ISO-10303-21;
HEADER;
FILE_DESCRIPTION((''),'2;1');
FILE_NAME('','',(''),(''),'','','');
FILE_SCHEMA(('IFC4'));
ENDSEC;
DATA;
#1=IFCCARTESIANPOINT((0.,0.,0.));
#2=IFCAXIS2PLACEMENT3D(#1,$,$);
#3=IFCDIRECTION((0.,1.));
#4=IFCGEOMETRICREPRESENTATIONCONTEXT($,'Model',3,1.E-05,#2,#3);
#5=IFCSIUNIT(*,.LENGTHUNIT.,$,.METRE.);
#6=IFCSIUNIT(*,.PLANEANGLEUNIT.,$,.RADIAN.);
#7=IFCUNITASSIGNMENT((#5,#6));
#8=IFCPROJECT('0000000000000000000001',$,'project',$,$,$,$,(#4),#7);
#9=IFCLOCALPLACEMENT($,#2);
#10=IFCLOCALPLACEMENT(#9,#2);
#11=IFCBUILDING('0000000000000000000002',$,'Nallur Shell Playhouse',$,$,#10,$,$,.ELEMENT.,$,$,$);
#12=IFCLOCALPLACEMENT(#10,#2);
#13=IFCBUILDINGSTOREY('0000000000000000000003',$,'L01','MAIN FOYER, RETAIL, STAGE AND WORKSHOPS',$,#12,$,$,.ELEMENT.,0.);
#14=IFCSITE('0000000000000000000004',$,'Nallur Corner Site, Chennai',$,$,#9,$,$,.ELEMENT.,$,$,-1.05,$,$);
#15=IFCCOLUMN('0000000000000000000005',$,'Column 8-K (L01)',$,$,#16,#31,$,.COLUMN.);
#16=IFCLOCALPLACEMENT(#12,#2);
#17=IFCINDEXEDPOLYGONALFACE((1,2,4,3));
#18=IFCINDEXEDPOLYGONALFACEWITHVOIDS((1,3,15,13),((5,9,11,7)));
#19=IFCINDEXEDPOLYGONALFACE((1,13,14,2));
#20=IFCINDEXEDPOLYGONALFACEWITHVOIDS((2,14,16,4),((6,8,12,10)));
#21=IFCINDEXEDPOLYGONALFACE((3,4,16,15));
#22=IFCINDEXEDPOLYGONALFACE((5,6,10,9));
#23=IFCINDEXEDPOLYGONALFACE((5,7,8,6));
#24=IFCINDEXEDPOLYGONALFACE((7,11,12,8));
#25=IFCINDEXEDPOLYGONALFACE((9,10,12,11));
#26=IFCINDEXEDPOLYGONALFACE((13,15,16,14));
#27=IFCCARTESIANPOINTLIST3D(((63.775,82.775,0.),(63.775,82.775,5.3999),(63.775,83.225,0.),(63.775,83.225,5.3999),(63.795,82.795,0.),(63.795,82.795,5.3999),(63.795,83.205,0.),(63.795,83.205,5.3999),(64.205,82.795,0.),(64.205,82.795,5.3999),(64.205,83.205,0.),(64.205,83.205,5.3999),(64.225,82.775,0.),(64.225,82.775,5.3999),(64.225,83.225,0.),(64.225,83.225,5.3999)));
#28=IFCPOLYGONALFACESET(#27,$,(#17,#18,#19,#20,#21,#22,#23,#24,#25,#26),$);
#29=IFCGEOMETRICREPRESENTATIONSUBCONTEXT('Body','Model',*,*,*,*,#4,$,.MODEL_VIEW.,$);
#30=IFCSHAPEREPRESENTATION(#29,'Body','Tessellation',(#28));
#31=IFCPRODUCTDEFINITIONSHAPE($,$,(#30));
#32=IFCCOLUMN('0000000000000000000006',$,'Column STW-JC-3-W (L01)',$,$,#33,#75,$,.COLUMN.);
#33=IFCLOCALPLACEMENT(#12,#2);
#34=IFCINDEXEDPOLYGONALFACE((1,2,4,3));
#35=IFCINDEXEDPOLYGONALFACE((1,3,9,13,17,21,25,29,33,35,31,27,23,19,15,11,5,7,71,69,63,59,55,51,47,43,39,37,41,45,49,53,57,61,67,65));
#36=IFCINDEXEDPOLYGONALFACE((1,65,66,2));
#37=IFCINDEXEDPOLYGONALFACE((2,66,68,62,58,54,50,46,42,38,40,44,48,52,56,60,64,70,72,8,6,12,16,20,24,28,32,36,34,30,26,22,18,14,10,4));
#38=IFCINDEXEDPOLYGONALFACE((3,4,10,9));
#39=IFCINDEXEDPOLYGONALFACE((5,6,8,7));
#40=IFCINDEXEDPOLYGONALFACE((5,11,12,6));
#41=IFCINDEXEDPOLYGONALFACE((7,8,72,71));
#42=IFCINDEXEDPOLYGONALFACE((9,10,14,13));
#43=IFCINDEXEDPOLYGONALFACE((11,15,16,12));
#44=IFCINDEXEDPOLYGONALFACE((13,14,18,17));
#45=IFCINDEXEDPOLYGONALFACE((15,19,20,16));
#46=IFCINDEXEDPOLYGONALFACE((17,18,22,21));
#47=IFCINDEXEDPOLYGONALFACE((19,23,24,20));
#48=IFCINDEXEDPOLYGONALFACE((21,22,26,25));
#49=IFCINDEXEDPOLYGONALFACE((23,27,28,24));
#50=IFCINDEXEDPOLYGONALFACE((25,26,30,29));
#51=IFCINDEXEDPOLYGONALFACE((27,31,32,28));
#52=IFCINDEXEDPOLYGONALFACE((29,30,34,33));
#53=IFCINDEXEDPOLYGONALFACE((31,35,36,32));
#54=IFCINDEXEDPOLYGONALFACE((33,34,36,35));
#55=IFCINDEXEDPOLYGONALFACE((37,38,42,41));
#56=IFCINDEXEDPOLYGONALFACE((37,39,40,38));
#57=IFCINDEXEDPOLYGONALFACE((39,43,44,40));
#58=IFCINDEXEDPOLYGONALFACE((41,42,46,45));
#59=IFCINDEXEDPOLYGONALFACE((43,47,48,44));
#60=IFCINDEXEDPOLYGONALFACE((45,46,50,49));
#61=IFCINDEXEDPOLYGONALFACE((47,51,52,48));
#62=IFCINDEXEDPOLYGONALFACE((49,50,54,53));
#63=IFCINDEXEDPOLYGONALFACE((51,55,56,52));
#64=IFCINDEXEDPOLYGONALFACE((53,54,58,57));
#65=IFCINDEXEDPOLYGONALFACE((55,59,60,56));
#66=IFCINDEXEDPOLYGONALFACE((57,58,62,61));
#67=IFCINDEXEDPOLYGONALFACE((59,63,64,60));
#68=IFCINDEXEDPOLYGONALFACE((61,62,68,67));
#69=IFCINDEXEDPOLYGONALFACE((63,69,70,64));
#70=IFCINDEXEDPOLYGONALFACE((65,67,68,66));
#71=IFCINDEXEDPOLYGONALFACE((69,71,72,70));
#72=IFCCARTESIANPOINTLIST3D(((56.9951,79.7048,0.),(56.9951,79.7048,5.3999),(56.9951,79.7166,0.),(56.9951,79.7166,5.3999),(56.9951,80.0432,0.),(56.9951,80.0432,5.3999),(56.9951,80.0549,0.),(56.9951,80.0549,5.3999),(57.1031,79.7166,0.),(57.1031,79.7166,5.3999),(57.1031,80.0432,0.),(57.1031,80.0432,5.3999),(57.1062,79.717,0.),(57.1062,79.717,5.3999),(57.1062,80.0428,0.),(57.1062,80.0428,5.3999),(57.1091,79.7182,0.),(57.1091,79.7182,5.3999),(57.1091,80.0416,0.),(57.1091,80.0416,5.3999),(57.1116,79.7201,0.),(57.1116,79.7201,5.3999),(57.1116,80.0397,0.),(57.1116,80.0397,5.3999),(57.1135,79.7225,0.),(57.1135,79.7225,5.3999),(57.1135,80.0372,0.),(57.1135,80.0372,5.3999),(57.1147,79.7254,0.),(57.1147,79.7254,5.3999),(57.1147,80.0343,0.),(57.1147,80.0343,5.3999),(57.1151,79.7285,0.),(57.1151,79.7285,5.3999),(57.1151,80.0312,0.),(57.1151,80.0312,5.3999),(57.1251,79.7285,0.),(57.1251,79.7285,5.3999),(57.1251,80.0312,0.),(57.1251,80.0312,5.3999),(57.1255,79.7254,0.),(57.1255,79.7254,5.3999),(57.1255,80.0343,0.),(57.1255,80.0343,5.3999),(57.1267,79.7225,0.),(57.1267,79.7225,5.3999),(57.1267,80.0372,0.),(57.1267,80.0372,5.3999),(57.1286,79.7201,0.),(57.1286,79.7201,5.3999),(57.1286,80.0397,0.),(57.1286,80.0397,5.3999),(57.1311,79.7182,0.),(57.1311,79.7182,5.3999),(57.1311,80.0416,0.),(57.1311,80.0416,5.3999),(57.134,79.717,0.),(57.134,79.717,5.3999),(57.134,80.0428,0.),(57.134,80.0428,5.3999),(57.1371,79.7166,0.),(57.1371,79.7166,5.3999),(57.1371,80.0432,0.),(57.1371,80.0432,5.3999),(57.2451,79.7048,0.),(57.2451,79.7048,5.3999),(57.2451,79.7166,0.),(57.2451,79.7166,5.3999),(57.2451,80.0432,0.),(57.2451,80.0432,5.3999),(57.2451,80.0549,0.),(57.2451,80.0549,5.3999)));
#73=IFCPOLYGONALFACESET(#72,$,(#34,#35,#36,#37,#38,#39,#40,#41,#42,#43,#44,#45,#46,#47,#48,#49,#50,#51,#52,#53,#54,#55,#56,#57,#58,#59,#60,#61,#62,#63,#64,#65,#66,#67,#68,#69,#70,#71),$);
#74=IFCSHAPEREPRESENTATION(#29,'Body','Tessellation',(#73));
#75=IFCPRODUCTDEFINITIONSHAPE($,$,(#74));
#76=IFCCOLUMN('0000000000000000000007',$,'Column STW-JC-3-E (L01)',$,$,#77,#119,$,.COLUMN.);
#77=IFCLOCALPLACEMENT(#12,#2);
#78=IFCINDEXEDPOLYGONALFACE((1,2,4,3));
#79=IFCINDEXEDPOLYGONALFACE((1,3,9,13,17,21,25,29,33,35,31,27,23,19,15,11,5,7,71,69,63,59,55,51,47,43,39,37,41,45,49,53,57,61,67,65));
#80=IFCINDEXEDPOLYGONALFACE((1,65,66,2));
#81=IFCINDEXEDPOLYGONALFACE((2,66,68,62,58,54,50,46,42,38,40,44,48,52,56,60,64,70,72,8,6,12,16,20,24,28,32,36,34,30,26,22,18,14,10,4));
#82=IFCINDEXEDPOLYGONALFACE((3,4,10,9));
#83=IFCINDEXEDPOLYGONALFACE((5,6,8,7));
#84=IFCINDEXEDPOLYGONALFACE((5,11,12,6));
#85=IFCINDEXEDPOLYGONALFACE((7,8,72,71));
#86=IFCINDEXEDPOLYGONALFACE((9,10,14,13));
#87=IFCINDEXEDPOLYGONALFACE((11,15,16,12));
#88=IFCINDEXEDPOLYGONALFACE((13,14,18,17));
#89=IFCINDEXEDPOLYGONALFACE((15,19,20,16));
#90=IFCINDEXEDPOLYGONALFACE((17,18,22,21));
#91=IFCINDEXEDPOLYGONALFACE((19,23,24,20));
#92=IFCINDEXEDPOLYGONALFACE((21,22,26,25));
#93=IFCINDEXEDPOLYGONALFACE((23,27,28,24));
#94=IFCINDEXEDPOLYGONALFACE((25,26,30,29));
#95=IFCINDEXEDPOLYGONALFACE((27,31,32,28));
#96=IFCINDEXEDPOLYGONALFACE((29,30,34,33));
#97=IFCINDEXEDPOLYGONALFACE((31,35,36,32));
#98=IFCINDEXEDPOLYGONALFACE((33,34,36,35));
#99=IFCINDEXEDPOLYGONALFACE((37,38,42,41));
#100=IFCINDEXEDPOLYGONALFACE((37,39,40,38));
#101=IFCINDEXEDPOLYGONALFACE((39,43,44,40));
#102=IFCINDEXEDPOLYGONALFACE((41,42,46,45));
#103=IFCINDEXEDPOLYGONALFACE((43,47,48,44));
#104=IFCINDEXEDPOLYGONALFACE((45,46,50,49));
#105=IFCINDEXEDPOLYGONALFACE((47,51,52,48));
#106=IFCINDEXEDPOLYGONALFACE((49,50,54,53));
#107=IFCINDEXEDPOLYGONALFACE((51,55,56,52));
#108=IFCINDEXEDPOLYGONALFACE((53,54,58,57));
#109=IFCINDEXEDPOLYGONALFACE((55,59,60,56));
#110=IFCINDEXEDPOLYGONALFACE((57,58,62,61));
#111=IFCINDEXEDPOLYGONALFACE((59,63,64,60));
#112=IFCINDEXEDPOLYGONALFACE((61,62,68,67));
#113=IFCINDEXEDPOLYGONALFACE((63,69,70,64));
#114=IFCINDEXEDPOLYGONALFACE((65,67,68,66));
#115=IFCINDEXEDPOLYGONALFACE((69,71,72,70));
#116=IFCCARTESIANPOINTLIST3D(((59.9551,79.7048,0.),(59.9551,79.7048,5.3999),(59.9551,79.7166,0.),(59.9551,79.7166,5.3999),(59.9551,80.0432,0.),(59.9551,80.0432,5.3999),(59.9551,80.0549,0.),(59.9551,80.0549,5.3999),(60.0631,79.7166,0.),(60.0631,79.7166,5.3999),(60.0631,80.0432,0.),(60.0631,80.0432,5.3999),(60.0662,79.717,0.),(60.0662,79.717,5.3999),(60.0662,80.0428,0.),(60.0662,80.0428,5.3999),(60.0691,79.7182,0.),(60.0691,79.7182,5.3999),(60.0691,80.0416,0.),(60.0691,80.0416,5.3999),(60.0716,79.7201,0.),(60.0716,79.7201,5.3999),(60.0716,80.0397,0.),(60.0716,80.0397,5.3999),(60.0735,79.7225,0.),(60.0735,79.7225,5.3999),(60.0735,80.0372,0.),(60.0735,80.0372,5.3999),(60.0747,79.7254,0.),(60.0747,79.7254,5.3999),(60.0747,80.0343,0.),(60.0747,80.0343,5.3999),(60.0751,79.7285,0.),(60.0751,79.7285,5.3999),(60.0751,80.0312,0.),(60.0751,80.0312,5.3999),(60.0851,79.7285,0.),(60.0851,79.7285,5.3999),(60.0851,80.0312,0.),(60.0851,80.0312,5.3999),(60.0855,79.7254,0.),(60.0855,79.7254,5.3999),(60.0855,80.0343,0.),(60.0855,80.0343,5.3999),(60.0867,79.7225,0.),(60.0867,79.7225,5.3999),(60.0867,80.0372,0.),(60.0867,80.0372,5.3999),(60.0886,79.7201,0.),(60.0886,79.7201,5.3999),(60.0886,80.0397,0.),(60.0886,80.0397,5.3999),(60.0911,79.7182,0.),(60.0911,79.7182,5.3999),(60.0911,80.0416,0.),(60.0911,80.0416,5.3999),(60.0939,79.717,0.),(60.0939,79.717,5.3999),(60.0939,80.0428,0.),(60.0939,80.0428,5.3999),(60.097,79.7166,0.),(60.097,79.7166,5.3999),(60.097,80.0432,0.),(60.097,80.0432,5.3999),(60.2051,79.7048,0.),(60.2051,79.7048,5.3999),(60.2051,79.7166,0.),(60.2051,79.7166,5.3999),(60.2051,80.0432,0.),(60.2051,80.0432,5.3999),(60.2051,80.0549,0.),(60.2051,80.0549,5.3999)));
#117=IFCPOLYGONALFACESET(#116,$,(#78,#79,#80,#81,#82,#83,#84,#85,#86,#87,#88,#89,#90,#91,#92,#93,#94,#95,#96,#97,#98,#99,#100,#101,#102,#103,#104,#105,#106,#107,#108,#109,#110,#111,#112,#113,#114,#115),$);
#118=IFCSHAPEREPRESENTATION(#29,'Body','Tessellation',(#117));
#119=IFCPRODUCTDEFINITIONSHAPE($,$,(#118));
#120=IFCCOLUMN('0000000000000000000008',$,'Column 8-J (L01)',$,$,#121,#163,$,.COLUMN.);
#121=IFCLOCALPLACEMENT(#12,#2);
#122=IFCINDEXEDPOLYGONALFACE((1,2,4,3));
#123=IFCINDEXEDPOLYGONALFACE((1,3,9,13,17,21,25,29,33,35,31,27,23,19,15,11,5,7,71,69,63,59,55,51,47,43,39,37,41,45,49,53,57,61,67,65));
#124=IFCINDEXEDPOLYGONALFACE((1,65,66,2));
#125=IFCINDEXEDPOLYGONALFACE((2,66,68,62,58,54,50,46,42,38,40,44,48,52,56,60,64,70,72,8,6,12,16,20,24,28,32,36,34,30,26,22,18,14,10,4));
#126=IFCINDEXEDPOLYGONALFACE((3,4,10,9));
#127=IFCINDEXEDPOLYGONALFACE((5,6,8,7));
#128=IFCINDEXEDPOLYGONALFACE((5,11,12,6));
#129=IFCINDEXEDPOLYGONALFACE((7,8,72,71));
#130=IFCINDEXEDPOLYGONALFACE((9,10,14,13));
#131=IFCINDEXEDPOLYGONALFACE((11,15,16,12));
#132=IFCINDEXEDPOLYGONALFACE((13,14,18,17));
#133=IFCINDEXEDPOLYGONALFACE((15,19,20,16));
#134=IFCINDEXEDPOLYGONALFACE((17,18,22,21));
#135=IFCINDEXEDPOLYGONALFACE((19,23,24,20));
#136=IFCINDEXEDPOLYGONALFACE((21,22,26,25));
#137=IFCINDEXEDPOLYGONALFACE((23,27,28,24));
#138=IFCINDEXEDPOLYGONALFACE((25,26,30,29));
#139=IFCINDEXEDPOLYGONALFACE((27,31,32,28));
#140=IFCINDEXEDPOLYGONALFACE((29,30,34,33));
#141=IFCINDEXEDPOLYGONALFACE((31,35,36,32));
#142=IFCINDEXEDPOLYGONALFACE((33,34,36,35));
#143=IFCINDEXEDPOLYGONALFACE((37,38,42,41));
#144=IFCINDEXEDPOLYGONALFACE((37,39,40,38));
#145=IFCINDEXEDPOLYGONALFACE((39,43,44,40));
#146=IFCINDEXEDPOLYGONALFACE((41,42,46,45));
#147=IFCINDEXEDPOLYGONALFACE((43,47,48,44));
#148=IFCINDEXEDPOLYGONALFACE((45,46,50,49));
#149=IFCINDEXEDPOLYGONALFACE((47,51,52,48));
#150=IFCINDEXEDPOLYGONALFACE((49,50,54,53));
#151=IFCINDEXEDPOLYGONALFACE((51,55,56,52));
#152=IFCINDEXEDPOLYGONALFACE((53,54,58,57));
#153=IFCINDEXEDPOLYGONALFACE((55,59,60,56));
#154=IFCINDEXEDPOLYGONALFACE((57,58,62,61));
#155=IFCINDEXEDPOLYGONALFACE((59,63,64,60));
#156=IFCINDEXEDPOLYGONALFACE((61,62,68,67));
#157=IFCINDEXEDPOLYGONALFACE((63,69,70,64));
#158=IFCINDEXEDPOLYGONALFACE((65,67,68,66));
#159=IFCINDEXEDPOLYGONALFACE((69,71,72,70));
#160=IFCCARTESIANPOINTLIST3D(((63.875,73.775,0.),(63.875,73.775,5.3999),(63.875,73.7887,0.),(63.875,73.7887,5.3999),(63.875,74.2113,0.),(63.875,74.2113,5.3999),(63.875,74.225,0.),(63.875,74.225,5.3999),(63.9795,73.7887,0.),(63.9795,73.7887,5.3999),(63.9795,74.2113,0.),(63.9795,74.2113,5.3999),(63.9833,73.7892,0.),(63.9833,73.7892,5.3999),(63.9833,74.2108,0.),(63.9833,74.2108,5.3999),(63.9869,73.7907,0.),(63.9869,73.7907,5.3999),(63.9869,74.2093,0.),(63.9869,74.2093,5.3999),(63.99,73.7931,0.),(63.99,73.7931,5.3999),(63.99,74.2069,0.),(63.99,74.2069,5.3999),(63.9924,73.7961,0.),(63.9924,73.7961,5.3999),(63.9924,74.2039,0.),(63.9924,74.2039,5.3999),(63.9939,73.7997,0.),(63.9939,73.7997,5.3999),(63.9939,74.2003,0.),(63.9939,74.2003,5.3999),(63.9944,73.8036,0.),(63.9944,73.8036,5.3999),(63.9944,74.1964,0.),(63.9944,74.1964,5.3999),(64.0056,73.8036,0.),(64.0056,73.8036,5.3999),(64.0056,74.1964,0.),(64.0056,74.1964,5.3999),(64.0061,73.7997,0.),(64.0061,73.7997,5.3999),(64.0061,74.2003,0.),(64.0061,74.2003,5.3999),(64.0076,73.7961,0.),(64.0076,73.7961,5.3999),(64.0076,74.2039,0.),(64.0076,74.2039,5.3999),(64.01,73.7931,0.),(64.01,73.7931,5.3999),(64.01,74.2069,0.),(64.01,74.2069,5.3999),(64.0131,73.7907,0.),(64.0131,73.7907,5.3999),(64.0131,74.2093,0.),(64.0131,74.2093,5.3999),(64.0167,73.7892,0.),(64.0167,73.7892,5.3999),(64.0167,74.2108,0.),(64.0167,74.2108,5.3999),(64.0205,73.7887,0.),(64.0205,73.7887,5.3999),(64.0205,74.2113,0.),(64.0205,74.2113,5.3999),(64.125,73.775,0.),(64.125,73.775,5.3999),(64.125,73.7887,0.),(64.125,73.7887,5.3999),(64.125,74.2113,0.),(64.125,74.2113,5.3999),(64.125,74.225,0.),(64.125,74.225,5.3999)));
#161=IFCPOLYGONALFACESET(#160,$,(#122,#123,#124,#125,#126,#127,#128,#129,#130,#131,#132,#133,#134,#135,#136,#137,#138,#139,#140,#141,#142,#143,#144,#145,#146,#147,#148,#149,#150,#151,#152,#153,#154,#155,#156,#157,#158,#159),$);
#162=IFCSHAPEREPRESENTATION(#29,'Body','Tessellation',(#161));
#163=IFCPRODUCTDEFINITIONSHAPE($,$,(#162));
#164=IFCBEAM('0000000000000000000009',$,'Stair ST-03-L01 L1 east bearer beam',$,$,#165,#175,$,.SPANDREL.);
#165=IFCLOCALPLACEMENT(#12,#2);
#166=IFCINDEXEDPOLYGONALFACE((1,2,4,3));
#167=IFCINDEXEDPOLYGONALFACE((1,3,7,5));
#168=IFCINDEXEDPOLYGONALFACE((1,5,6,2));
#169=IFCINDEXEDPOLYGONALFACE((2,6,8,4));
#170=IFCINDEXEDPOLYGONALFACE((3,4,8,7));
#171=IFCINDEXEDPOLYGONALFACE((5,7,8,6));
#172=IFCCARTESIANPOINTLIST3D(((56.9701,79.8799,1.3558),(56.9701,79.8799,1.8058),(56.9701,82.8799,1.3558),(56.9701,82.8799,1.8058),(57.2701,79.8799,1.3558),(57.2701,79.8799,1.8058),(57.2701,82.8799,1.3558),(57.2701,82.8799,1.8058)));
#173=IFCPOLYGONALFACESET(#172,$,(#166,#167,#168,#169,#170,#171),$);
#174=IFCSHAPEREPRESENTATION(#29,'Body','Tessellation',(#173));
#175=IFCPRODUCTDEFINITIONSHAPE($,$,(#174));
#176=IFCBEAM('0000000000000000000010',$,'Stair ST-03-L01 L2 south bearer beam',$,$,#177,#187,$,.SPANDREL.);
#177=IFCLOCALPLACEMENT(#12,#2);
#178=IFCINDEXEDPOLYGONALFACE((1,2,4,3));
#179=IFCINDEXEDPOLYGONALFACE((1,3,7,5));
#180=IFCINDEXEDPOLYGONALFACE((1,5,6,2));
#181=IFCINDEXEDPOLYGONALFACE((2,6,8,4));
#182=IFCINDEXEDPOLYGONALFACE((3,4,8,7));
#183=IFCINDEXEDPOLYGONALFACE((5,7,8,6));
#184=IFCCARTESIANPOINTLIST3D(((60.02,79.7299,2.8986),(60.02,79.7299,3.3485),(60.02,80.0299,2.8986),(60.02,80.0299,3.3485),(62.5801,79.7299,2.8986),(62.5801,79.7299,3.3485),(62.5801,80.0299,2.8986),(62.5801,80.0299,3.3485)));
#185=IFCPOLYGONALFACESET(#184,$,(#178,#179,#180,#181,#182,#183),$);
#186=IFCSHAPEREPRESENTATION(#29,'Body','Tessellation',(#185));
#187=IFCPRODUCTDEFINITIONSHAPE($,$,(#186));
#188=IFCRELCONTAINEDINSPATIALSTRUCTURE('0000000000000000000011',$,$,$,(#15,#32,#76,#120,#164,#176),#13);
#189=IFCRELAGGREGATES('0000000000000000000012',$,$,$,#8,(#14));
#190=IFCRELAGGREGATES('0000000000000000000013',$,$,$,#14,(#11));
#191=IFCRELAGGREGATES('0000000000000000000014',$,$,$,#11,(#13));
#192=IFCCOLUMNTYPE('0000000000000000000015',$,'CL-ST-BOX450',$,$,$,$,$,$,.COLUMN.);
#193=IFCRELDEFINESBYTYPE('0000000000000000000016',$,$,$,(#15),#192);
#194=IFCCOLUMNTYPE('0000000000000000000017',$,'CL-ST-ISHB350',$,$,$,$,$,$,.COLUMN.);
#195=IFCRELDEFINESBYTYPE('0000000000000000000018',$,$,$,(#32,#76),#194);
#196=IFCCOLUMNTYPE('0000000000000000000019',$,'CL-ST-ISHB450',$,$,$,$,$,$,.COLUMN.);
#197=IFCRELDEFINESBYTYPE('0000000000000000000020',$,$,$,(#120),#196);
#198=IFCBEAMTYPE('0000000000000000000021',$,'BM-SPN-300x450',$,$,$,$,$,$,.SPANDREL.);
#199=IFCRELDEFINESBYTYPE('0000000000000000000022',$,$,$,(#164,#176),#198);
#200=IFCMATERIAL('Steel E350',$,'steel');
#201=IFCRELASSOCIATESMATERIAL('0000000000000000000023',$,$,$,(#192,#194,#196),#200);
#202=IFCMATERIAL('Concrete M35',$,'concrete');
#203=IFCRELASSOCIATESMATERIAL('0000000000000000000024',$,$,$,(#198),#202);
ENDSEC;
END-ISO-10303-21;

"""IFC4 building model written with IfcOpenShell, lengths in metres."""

from ifc_helpers import new_model, si_unit, direction, frame, origin, origin_2d, place, context, subcontext, project, spatial, rectangle, hollow_rectangle, i_section, extrude, material, material_profile, profile_set, type_object, element, save


model = new_model("IFC4")

# Units and contexts
model_context = context("Model", 3, precision=1e-05, world=origin(), true_north=direction((0.0, 1.0)))
body_context = subcontext(model_context, "Body", "Model", "MODEL_VIEW")
ifc_project = project(units=[si_unit("LENGTHUNIT", "METRE"), si_unit("PLANEANGLEUNIT", "RADIAN")], contexts=[model_context])

# Site, building, storey
site_placement = place(None, origin())
site = spatial("IfcSite", under=ifc_project, at=site_placement, Name="Nallur Corner Site, Chennai", CompositionType="ELEMENT", RefElevation=-1.05)
building_placement = place(site_placement, origin())
building = spatial("IfcBuilding", under=site, at=building_placement, Name="Nallur Shell Playhouse", CompositionType="ELEMENT")
storey_placement = place(building_placement, origin())
storey = spatial("IfcBuildingStorey", under=building, at=storey_placement, Name="L01", Description="MAIN FOYER, RETAIL, STAGE AND WORKSHOPS", CompositionType="ELEMENT", Elevation=0.0)

# Columns
ifc_material_1 = material(Name="Steel E350", Category="steel")
ifc_material_profile_1 = material_profile(ifc_material_1, hollow_rectangle(XDim=0.45, YDim=0.45, WallThickness=0.02, at=origin_2d()), Name="BOX 450x450x20")
ifc_profile_set_1 = profile_set([ifc_material_profile_1], Name="Steel E350")
column_type_1 = type_object("IfcColumnType", Name="CL-ST-BOX450", PredefinedType="COLUMN", material=ifc_profile_set_1)
column_1_placement = place(storey_placement, frame((64.0, 83.0, 0.0), z_axis=(0.0, 0.0, 1.0), x_axis=(1.0, 0.0, 0.0)))
element("IfcColumn", 1, at=column_1_placement, inside=storey, type_object=column_type_1, Name="Column 8-K (L01)", PredefinedType="COLUMN", context=body_context, shape_type="SweptSolid", body=[
    extrude(hollow_rectangle(XDim=0.45, YDim=0.45, WallThickness=0.02, at=origin_2d()), origin(), (0.0, 0.0, 1.0), 5.3999),
])
ifc_material_profile_2 = material_profile(ifc_material_1, i_section(OverallWidth=0.25, OverallDepth=0.3501, WebThickness=0.01, FlangeThickness=0.0117, FilletRadius=0.012, at=origin_2d()), Name="ISHB 350")
ifc_profile_set_2 = profile_set([ifc_material_profile_2], Name="Steel E350")
column_type_2 = type_object("IfcColumnType", Name="CL-ST-ISHB350", PredefinedType="COLUMN", material=ifc_profile_set_2)
for number, where, z_axis, x_axis, name in (
    (2, (57.1201, 79.8799, 0.0), (0.0, 0.0, 1.0), (1.0, 0.0, 0.0), "Column STW-JC-3-W (L01)"),
    (3, (60.0801, 79.8799, 0.0), (0.0, 0.0, 1.0), (1.0, 0.0, 0.0), "Column STW-JC-3-E (L01)"),
):
    element("IfcColumn", number, at=place(storey_placement, frame(where, z_axis=z_axis, x_axis=x_axis)), inside=storey, type_object=column_type_2, Name=name, PredefinedType="COLUMN", context=body_context, shape_type="SweptSolid", body=[
        extrude(i_section(OverallWidth=0.25, OverallDepth=0.3501, WebThickness=0.01, FlangeThickness=0.0117, FilletRadius=0.012, at=origin_2d()), origin(), (0.0, 0.0, 1.0), 5.3999),
    ])
ifc_material_profile_3 = material_profile(ifc_material_1, i_section(OverallWidth=0.25, OverallDepth=0.45, WebThickness=0.0112, FlangeThickness=0.0137, FilletRadius=0.0149, at=origin_2d()), Name="ISHB 450")
ifc_profile_set_3 = profile_set([ifc_material_profile_3], Name="Steel E350")
column_type_3 = type_object("IfcColumnType", Name="CL-ST-ISHB450", PredefinedType="COLUMN", material=ifc_profile_set_3)
column_2_placement = place(storey_placement, frame((64.0, 74.0, 0.0), z_axis=(0.0, 0.0, 1.0), x_axis=(1.0, 0.0, 0.0)))
element("IfcColumn", 4, at=column_2_placement, inside=storey, type_object=column_type_3, Name="Column 8-J (L01)", PredefinedType="COLUMN", context=body_context, shape_type="SweptSolid", body=[
    extrude(i_section(OverallWidth=0.25, OverallDepth=0.45, WebThickness=0.0112, FlangeThickness=0.0137, FilletRadius=0.0149, at=origin_2d()), origin(), (0.0, 0.0, 1.0), 5.3999),
])

# Beams
ifc_material_2 = material(Name="Concrete M35", Category="concrete")
ifc_material_profile_4 = material_profile(ifc_material_2, rectangle(XDim=0.3, YDim=0.45, at=origin_2d()), Name="RC 300x450")
ifc_profile_set_4 = profile_set([ifc_material_profile_4], Name="Concrete M35")
beam_type_1 = type_object("IfcBeamType", Name="BM-SPN-300x450", PredefinedType="SPANDREL", material=ifc_profile_set_4)
beam_1_placement = place(storey_placement, frame((57.1201, 79.8799, 1.5808), z_axis=(0.0, 1.0, 0.0), x_axis=(-1.0, 0.0, 0.0)))
element("IfcBeam", 5, at=beam_1_placement, inside=storey, type_object=beam_type_1, Name="Stair ST-03-L01 L1 east bearer beam", PredefinedType="SPANDREL", context=body_context, shape_type="SweptSolid", body=[
    extrude(rectangle(XDim=0.3, YDim=0.45, at=origin_2d()), origin(), (0.0, 0.0, 1.0), 3.0),
])
beam_2_placement = place(storey_placement, frame((60.02, 79.8799, 3.1235), z_axis=(1.0, 0.0, 0.0), x_axis=(0.0, 1.0, 0.0)))
element("IfcBeam", 6, at=beam_2_placement, inside=storey, type_object=beam_type_1, Name="Stair ST-03-L01 L2 south bearer beam", PredefinedType="SPANDREL", context=body_context, shape_type="SweptSolid", body=[
    extrude(rectangle(XDim=0.3, YDim=0.45, at=origin_2d()), origin(), (0.0, 0.0, 1.0), 2.5601),
])

save(model, "model.ifc")
